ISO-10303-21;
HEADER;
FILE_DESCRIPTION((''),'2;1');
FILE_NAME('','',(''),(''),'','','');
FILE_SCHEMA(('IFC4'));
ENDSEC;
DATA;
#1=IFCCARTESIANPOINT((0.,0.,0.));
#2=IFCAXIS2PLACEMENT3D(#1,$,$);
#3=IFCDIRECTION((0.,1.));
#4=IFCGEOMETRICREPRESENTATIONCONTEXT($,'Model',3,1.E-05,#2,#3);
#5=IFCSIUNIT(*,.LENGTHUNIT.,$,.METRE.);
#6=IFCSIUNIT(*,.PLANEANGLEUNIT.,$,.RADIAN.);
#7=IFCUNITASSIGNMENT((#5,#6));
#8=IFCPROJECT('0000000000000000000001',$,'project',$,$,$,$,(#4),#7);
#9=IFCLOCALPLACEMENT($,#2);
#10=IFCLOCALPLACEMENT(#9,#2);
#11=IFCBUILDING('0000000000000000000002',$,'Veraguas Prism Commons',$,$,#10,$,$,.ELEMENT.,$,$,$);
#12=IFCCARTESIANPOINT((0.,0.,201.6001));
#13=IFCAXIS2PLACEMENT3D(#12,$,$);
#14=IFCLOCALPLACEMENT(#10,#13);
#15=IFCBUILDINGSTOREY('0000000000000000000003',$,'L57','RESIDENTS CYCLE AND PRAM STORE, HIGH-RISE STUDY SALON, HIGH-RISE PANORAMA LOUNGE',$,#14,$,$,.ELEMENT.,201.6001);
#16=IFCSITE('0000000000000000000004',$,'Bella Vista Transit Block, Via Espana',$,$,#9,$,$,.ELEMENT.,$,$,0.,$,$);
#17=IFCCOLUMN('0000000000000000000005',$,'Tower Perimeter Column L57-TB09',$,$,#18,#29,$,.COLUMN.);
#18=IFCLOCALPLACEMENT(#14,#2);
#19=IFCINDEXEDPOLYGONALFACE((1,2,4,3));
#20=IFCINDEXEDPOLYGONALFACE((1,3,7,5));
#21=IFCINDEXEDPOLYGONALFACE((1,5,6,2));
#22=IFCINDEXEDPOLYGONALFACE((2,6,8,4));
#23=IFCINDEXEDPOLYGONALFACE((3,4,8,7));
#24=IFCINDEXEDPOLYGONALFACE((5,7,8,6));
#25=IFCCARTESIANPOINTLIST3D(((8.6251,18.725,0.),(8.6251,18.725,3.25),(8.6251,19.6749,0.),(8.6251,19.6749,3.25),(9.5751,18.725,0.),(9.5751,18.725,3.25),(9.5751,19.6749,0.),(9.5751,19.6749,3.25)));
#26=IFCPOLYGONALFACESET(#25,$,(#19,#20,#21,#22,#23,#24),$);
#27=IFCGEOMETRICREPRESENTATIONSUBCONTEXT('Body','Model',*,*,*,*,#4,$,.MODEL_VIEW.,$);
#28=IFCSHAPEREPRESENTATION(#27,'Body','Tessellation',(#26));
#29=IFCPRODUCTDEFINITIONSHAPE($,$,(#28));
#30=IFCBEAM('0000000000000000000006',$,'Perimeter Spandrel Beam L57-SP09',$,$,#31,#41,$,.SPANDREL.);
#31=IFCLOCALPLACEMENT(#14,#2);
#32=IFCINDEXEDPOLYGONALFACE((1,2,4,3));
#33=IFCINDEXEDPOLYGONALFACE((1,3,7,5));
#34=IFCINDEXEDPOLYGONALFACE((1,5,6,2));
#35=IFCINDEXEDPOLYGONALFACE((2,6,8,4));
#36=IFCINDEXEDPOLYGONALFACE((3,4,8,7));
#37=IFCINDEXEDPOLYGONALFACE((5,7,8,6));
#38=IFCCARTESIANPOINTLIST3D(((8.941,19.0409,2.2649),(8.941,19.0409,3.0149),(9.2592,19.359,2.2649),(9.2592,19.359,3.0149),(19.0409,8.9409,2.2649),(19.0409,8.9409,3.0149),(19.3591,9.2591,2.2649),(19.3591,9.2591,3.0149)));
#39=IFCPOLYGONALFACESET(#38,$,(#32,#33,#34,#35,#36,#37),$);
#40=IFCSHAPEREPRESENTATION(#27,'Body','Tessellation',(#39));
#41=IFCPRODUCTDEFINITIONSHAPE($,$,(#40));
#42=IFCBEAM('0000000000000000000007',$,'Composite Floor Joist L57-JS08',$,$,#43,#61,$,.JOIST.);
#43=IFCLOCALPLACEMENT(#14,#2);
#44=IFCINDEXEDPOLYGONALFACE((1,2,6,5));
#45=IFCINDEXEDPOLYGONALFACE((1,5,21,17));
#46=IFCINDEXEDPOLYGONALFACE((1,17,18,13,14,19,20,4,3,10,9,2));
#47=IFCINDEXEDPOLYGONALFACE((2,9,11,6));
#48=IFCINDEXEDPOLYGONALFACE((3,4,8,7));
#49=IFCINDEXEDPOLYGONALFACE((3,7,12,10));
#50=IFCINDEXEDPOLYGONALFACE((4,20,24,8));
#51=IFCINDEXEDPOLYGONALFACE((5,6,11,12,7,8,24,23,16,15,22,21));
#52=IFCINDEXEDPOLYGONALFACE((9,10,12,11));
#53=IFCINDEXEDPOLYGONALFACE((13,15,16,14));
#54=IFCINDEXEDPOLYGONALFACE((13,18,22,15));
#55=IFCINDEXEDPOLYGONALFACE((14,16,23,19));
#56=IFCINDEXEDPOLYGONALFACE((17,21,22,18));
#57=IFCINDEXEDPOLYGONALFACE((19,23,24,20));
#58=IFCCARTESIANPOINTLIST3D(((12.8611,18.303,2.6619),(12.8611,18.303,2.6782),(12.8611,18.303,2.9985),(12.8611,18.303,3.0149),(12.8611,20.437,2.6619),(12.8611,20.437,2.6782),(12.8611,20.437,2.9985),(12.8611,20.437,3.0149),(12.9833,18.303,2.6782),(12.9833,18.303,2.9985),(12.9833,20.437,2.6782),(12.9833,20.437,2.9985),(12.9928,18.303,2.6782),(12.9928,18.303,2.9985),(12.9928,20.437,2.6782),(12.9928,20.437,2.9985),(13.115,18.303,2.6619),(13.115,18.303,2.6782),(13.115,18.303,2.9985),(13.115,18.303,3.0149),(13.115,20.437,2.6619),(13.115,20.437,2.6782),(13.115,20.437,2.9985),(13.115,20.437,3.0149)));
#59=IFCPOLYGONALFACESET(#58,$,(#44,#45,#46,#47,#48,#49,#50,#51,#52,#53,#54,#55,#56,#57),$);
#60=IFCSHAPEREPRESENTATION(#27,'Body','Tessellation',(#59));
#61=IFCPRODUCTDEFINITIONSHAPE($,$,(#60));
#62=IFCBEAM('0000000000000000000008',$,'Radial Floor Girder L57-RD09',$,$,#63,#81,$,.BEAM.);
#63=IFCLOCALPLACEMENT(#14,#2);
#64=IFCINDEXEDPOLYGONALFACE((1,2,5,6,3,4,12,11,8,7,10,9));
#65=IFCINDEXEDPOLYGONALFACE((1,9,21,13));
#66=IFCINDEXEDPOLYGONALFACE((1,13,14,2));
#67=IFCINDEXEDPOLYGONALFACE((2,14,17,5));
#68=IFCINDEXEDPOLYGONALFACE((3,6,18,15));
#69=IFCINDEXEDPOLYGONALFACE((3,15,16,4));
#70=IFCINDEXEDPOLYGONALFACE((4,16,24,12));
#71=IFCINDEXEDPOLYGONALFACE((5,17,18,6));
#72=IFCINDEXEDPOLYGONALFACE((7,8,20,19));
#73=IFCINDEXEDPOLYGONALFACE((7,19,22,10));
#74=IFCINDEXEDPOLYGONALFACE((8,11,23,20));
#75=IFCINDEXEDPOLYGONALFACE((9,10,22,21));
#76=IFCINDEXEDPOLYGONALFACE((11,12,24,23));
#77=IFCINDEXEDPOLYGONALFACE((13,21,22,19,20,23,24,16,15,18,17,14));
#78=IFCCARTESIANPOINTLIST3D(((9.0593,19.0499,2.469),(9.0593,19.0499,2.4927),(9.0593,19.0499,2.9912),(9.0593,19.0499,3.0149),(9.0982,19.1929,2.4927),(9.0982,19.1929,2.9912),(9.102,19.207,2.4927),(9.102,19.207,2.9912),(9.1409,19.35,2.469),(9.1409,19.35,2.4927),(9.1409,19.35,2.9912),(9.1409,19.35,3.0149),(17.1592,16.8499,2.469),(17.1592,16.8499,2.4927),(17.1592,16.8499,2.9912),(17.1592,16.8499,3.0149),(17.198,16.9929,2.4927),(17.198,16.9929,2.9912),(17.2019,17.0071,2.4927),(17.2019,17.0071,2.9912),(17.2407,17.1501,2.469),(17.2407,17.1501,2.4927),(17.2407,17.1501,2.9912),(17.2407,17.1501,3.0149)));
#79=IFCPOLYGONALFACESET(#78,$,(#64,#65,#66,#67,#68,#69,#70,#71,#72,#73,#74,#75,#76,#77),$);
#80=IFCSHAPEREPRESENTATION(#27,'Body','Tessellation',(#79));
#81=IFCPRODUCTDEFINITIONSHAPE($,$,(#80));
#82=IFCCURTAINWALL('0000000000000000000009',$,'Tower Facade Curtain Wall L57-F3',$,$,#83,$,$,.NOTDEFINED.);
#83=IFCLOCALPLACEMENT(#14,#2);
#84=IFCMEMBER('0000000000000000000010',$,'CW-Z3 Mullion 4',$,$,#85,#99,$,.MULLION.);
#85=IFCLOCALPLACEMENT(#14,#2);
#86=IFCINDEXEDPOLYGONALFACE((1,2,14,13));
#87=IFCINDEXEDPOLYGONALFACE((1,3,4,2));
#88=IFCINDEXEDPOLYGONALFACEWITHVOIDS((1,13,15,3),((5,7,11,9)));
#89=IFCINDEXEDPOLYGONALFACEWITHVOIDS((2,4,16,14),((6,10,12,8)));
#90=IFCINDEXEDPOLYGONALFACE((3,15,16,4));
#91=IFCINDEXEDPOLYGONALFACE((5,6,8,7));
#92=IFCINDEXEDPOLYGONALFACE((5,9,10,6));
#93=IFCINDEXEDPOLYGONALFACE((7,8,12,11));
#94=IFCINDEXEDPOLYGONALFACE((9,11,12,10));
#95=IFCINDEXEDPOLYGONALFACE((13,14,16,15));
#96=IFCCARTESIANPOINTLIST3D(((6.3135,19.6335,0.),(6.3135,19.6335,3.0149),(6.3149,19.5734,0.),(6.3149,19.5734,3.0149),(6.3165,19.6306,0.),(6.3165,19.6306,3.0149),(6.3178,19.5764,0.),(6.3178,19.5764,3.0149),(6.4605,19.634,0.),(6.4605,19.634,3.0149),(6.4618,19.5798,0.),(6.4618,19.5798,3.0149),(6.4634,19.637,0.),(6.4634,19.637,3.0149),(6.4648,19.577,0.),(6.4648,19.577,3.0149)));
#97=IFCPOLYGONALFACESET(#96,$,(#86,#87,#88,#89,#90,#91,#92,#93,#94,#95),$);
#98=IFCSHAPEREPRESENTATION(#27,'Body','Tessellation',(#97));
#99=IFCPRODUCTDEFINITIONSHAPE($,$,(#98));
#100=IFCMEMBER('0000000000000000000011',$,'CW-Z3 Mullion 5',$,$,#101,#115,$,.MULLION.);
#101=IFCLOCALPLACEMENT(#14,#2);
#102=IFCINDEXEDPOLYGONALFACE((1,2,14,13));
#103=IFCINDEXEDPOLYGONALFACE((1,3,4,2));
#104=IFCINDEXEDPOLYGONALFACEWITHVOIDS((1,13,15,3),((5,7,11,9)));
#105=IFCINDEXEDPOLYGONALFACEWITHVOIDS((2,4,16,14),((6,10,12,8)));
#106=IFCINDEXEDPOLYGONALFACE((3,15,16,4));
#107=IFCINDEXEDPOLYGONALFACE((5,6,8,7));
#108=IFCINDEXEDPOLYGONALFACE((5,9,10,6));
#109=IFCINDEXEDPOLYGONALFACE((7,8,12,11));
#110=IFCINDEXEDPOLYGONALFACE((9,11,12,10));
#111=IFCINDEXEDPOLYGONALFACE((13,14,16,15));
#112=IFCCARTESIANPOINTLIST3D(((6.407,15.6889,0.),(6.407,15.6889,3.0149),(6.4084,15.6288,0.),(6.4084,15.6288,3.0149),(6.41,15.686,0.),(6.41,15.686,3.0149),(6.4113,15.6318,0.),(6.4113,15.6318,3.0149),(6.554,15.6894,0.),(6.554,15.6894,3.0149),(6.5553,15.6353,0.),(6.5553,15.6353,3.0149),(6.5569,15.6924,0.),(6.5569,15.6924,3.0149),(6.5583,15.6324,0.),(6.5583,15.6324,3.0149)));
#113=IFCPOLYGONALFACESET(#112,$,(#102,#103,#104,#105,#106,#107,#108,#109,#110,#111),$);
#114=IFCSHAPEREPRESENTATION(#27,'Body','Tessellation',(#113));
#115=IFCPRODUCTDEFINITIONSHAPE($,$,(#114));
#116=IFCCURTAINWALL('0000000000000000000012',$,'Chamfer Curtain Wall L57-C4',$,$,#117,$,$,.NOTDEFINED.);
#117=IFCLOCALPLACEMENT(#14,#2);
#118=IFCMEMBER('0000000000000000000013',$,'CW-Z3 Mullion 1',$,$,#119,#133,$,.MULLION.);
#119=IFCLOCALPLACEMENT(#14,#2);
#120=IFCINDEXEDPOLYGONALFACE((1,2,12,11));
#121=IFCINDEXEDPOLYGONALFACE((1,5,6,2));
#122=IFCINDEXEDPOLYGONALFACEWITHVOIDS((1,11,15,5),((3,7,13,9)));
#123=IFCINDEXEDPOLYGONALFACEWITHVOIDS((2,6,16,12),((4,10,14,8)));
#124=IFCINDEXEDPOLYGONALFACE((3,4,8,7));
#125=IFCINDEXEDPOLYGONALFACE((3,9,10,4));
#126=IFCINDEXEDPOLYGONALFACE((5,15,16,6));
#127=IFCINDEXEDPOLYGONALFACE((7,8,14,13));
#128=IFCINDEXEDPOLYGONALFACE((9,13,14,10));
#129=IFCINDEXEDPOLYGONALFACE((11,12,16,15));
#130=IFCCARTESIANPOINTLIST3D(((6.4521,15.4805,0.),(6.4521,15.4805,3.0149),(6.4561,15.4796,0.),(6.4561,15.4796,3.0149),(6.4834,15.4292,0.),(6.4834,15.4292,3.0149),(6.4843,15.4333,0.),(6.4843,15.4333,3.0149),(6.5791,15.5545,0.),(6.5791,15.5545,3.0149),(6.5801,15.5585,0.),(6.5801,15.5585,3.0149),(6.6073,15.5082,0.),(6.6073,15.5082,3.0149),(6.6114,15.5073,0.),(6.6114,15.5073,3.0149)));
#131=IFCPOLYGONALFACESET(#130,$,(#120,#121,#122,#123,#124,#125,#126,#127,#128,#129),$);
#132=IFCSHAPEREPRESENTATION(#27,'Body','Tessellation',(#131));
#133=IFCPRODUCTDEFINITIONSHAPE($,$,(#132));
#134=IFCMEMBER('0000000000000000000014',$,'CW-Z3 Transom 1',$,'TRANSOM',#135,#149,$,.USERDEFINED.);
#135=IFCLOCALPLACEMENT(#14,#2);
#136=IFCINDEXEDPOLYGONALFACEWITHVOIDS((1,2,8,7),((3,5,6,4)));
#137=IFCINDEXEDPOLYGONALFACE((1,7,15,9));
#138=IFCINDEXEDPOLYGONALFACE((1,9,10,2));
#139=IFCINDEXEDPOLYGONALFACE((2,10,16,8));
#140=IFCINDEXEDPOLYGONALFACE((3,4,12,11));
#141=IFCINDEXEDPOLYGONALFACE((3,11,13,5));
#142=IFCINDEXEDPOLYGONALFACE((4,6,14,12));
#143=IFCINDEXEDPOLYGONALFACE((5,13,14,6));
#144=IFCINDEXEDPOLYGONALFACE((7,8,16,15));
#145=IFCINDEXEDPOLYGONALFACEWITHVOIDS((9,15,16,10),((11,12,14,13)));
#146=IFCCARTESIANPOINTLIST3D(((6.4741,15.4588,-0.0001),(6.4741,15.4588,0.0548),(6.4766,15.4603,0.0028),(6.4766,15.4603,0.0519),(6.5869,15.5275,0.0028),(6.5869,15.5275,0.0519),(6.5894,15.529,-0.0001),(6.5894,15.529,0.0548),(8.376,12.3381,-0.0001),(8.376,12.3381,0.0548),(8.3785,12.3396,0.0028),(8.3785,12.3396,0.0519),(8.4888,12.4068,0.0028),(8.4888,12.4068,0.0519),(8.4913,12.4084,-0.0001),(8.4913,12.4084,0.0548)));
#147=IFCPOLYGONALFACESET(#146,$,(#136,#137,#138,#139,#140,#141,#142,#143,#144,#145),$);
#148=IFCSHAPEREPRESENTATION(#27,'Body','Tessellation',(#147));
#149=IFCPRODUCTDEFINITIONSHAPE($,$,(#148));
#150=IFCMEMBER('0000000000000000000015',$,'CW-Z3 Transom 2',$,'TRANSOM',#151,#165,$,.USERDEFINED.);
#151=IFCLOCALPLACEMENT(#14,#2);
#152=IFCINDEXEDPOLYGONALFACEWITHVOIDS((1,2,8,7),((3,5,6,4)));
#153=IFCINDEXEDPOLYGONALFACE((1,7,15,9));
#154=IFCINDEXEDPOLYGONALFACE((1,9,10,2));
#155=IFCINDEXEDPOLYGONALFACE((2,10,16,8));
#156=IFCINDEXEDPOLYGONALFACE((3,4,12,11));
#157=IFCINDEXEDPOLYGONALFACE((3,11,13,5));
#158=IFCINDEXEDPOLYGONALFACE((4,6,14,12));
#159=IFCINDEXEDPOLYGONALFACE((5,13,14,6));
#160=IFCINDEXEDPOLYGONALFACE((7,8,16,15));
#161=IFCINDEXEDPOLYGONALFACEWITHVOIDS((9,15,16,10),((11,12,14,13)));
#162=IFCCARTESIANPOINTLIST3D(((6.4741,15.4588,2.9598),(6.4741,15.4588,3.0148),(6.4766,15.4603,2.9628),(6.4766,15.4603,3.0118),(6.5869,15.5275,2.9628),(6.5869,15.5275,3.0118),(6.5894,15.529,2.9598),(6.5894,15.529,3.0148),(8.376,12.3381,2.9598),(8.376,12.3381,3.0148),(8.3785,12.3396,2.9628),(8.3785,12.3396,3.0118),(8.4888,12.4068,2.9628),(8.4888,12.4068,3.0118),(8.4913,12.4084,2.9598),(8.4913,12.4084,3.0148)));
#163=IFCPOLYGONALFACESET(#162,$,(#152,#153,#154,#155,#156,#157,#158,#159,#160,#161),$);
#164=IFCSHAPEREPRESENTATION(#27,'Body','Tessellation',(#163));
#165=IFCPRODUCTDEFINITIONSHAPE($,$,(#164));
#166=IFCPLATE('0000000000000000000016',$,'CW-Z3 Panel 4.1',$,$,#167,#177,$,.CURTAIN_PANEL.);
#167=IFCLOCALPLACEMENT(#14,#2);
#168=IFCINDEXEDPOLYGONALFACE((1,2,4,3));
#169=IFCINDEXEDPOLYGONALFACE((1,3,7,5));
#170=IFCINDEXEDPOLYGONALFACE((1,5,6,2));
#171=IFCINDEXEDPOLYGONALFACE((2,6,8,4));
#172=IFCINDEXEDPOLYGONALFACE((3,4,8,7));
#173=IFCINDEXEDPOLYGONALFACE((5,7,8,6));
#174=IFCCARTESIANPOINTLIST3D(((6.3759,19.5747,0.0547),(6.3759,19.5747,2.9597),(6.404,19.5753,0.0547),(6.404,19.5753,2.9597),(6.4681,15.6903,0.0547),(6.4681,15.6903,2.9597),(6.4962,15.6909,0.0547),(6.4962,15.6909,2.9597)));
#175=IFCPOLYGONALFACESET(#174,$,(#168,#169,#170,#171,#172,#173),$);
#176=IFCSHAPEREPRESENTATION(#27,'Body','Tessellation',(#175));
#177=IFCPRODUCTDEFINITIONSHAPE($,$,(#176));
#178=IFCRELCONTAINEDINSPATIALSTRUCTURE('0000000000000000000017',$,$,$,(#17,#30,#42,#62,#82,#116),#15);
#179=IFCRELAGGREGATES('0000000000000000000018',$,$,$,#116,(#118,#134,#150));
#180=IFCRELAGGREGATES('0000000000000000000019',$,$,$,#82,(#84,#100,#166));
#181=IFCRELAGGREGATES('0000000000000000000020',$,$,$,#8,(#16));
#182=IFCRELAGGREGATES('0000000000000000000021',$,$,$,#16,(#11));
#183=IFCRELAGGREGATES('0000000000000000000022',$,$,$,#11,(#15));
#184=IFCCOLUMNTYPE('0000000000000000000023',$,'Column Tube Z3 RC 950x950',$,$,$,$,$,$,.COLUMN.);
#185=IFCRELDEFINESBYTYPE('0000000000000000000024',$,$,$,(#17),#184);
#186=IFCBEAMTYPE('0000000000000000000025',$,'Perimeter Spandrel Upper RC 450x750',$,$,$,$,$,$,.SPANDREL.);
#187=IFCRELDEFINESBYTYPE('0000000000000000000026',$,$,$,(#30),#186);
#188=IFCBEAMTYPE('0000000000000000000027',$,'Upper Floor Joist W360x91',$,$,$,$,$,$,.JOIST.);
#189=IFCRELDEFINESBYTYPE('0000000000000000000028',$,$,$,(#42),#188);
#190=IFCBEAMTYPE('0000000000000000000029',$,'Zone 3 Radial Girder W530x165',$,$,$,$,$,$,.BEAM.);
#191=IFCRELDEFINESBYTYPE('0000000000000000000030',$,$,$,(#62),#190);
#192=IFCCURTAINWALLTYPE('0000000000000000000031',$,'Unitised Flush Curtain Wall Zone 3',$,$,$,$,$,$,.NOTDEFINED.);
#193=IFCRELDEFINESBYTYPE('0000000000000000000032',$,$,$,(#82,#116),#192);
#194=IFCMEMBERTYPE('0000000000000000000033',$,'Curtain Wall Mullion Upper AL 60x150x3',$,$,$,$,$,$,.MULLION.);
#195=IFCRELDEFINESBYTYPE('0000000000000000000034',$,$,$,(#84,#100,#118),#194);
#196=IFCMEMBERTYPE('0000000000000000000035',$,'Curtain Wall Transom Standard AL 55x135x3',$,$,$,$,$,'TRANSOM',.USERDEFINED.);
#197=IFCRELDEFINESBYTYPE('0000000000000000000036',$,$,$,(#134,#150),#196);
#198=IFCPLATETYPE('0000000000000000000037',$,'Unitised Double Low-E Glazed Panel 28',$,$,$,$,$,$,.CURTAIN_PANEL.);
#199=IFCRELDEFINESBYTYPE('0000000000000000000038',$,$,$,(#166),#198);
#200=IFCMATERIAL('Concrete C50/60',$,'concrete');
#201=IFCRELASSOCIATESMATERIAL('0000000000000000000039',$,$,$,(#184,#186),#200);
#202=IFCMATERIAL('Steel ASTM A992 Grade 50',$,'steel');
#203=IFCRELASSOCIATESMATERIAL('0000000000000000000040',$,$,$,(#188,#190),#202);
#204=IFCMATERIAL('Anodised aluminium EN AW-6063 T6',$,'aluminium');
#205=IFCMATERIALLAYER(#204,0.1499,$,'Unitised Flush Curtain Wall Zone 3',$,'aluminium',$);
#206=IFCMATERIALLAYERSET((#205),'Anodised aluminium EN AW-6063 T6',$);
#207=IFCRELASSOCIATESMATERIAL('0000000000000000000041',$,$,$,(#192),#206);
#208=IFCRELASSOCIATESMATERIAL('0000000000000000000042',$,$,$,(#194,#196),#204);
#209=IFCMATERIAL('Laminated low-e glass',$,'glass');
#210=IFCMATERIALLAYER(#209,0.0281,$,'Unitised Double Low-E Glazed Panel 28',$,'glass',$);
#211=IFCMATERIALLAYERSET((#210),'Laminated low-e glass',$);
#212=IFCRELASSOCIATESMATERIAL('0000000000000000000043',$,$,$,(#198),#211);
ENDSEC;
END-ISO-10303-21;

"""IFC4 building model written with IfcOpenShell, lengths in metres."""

from ifc_helpers import new_model, si_unit, direction, frame, origin, origin_2d, place, context, subcontext, project, spatial, rectangle, hollow_rectangle, i_section, extrude, source, transform, mapped, material, layer, layer_set, material_profile, profile_set, type_object, element, aggregate, save


model = new_model("IFC4")

# Units and contexts
model_context = context("Model", 3, precision=1e-05, world=origin(), true_north=direction((0.0, 1.0)))
body_context = subcontext(model_context, "Body", "Model", "MODEL_VIEW")
ifc_project = project(units=[si_unit("LENGTHUNIT", "METRE"), si_unit("PLANEANGLEUNIT", "RADIAN")], contexts=[model_context])

# Site, building, storey
site_placement = place(None, origin())
site = spatial("IfcSite", under=ifc_project, at=site_placement, Name="Bella Vista Transit Block, Via Espana", CompositionType="ELEMENT", RefElevation=0.0)
building_placement = place(site_placement, origin())
building = spatial("IfcBuilding", under=site, at=building_placement, Name="Veraguas Prism Commons", CompositionType="ELEMENT")
storey_placement = place(building_placement, frame((0.0, 0.0, 201.6001)))
storey = spatial("IfcBuildingStorey", under=building, at=storey_placement, Name="L57", Description="RESIDENTS CYCLE AND PRAM STORE, HIGH-RISE STUDY SALON, HIGH-RISE PANORAMA LOUNGE", CompositionType="ELEMENT", Elevation=201.6001)

# Column
ifc_material_1 = material(Name="Concrete C50/60", Category="concrete")
ifc_material_profile_1 = material_profile(ifc_material_1, rectangle(XDim=0.95, YDim=0.95, at=origin_2d()), Name="RC950X950")
ifc_profile_set_1 = profile_set([ifc_material_profile_1], Name="Concrete C50/60")
column_type = type_object("IfcColumnType", Name="Column Tube Z3 RC 950x950", PredefinedType="COLUMN", material=ifc_profile_set_1)
column_placement = place(storey_placement, frame((9.1001, 19.2, 0.0), z_axis=(0.0, 0.0, 1.0), x_axis=(1.0, 0.0, 0.0)))
element("IfcColumn", 1, at=column_placement, inside=storey, type_object=column_type, Name="Tower Perimeter Column L57-TB09", PredefinedType="COLUMN", context=body_context, shape_type="SweptSolid", body=[
    extrude(rectangle(XDim=0.95, YDim=0.95, at=origin_2d()), origin(), (0.0, 0.0, 1.0), 3.25),
])

# Beams
ifc_material_profile_2 = material_profile(ifc_material_1, rectangle(XDim=0.45, YDim=0.75, at=origin_2d()), Name="RC450X750")
ifc_profile_set_2 = profile_set([ifc_material_profile_2], Name="Concrete C50/60")
beam_type_1 = type_object("IfcBeamType", Name="Perimeter Spandrel Upper RC 450x750", PredefinedType="SPANDREL", material=ifc_profile_set_2)
beam_1_placement = place(storey_placement, frame((9.1001, 19.2, 2.6399), z_axis=(0.707107, -0.707107, 0.0), x_axis=(0.707107, 0.707107, 0.0)))
element("IfcBeam", 2, at=beam_1_placement, inside=storey, type_object=beam_type_1, Name="Perimeter Spandrel Beam L57-SP09", PredefinedType="SPANDREL", context=body_context, shape_type="SweptSolid", body=[
    extrude(rectangle(XDim=0.45, YDim=0.75, at=origin_2d()), origin(), (0.0, 0.0, 1.0), 14.2834),
])
ifc_material_2 = material(Name="Steel ASTM A992 Grade 50", Category="steel")
ifc_material_profile_3 = material_profile(ifc_material_2, i_section(OverallWidth=0.2539, OverallDepth=0.353, WebThickness=0.0095, FlangeThickness=0.0164, at=origin_2d()), Name="W360X91")
ifc_profile_set_3 = profile_set([ifc_material_profile_3], Name="Steel ASTM A992 Grade 50")
beam_type_2 = type_object("IfcBeamType", Name="Upper Floor Joist W360x91", PredefinedType="JOIST", material=ifc_profile_set_3)
beam_2_placement = place(storey_placement, frame((12.988, 20.437, 2.8384), z_axis=(0.0, -1.0, 0.0), x_axis=(1.0, 0.0, 0.0)))
element("IfcBeam", 3, at=beam_2_placement, inside=storey, type_object=beam_type_2, Name="Composite Floor Joist L57-JS08", PredefinedType="JOIST", context=body_context, shape_type="SweptSolid", body=[
    extrude(i_section(OverallWidth=0.2539, OverallDepth=0.353, WebThickness=0.0095, FlangeThickness=0.0164, at=origin_2d()), origin(), (0.0, 0.0, 1.0), 2.134),
])
ifc_material_profile_4 = material_profile(ifc_material_2, i_section(OverallWidth=0.311, OverallDepth=0.5459, WebThickness=0.0146, FlangeThickness=0.0237, at=origin_2d()), Name="W530X165")
ifc_profile_set_4 = profile_set([ifc_material_profile_4], Name="Steel ASTM A992 Grade 50")
beam_type_3 = type_object("IfcBeamType", Name="Zone 3 Radial Girder W530x165", PredefinedType="BEAM", material=ifc_profile_set_4)
beam_3_placement = place(storey_placement, frame((9.1001, 19.2, 2.7419), z_axis=(0.965039, -0.262108, 0.0), x_axis=(0.262108, 0.965039, 0.0)))
element("IfcBeam", 4, at=beam_3_placement, inside=storey, type_object=beam_type_3, Name="Radial Floor Girder L57-RD09", PredefinedType="BEAM", context=body_context, shape_type="SweptSolid", body=[
    extrude(i_section(OverallWidth=0.311, OverallDepth=0.5459, WebThickness=0.0146, FlangeThickness=0.0237, at=origin_2d()), origin(), (0.0, 0.0, 1.0), 8.3933),
])

# Curtain walls, members
ifc_material_3 = material(Name="Anodised aluminium EN AW-6063 T6", Category="aluminium")
ifc_layer_1 = layer(ifc_material_3, 0.1499, Name="Unitised Flush Curtain Wall Zone 3", Category="aluminium")
ifc_layer_set_1 = layer_set([ifc_layer_1], Name="Anodised aluminium EN AW-6063 T6")
curtain_wall_type = type_object("IfcCurtainWallType", Name="Unitised Flush Curtain Wall Zone 3", PredefinedType="NOTDEFINED", material=ifc_layer_set_1)
curtain_wall_1_placement = place(storey_placement, origin())
curtain_wall_1 = element("IfcCurtainWall", 5, at=curtain_wall_1_placement, inside=storey, type_object=curtain_wall_type, Name="Tower Facade Curtain Wall L57-F3", PredefinedType="NOTDEFINED")
ifc_material_profile_5 = material_profile(ifc_material_3, hollow_rectangle(XDim=0.0601, YDim=0.1499, WallThickness=0.0029, at=origin_2d()), Name="AL60X150X3")
ifc_profile_set_5 = profile_set([ifc_material_profile_5], Name="Anodised aluminium EN AW-6063 T6")
member_type_1 = type_object("IfcMemberType", Name="Curtain Wall Mullion Upper AL 60x150x3", PredefinedType="MULLION", material=ifc_profile_set_5)
shared_shape_1 = source(origin(), body_context, "Body", "SweptSolid", [
    extrude(hollow_rectangle(XDim=0.0601, YDim=0.1499, WallThickness=0.0029, at=origin_2d()), origin(), (0.0, 0.0, 1.0), 3.0149),
])
member_1_placement = place(storey_placement, frame((6.3892, 19.6052, 0.0), z_axis=(0.0, 0.0, 1.0), x_axis=(0.023738, -0.999718, 0.0)))
member_1 = element("IfcMember", 6, at=member_1_placement, type_object=member_type_1, Name="CW-Z3 Mullion 4", PredefinedType="MULLION", context=body_context, shape_type="MappedRepresentation", body=[
    mapped(shared_shape_1, transform((0.0, 0.0, 0.0), scale=1.0)),
])
member_2_placement = place(storey_placement, frame((6.4827, 15.6606, 0.0), z_axis=(0.0, 0.0, 1.0), x_axis=(0.023738, -0.999718, 0.0)))
member_2 = element("IfcMember", 7, at=member_2_placement, type_object=member_type_1, Name="CW-Z3 Mullion 5", PredefinedType="MULLION", context=body_context, shape_type="MappedRepresentation", body=[
    mapped(shared_shape_1, transform((0.0, 0.0, 0.0), scale=1.0)),
])
curtain_wall_2_placement = place(storey_placement, origin())
curtain_wall_2 = element("IfcCurtainWall", 8, at=curtain_wall_2_placement, inside=storey, type_object=curtain_wall_type, Name="Chamfer Curtain Wall L57-C4", PredefinedType="NOTDEFINED")
member_3_placement = place(storey_placement, frame((6.5317, 15.4939, 0.0), z_axis=(0.0, 0.0, 1.0), x_axis=(0.520426, -0.853907, 0.0)))
member_3 = element("IfcMember", 9, at=member_3_placement, type_object=member_type_1, Name="CW-Z3 Mullion 1", PredefinedType="MULLION", context=body_context, shape_type="MappedRepresentation", body=[
    mapped(shared_shape_1, transform((0.0, 0.0, 0.0), scale=1.0)),
])
ifc_material_profile_6 = material_profile(ifc_material_3, hollow_rectangle(XDim=0.0549, YDim=0.135, WallThickness=0.0029, at=origin_2d()), Name="AL55X135X3")
ifc_profile_set_6 = profile_set([ifc_material_profile_6], Name="Anodised aluminium EN AW-6063 T6")
member_type_2 = type_object("IfcMemberType", Name="Curtain Wall Transom Standard AL 55x135x3", ElementType="TRANSOM", PredefinedType="USERDEFINED", material=ifc_profile_set_6)
shared_shape_2 = source(origin(), body_context, "Body", "SweptSolid", [
    extrude(hollow_rectangle(XDim=0.0549, YDim=0.135, WallThickness=0.0029, at=origin_2d()), origin(), (0.0, 0.0, 1.0), 3.6545),
])
member_4_placement = place(storey_placement, frame((6.5317, 15.4939, 0.0273), z_axis=(0.520417, -0.853912, 0.0), x_axis=(0.0, 0.0, 1.0)))
member_4 = element("IfcMember", 10, at=member_4_placement, type_object=member_type_2, Name="CW-Z3 Transom 1", ObjectType="TRANSOM", PredefinedType="USERDEFINED", context=body_context, shape_type="MappedRepresentation", body=[
    mapped(shared_shape_2, transform((0.0, 0.0, 0.0), scale=1.0)),
])
member_5_placement = place(storey_placement, frame((6.5317, 15.4939, 2.9873), z_axis=(0.520417, -0.853912, 0.0), x_axis=(0.0, 0.0, 1.0)))
member_5 = element("IfcMember", 11, at=member_5_placement, type_object=member_type_2, Name="CW-Z3 Transom 2", ObjectType="TRANSOM", PredefinedType="USERDEFINED", context=body_context, shape_type="MappedRepresentation", body=[
    mapped(shared_shape_2, transform((0.0, 0.0, 0.0), scale=1.0)),
])
aggregate(curtain_wall_2, [member_3, member_4, member_5])

# Plate
ifc_material_4 = material(Name="Laminated low-e glass", Category="glass")
ifc_layer_2 = layer(ifc_material_4, 0.0281, Name="Unitised Double Low-E Glazed Panel 28", Category="glass")
ifc_layer_set_2 = layer_set([ifc_layer_2], Name="Laminated low-e glass")
plate_type = type_object("IfcPlateType", Name="Unitised Double Low-E Glazed Panel 28", PredefinedType="CURTAIN_PANEL", material=ifc_layer_set_2)
shared_shape_3 = source(origin(), body_context, "Body", "SweptSolid", [
    extrude(rectangle(XDim=3.8855, YDim=0.0281, at=origin_2d()), origin(), (0.0, 0.0, 1.0), 2.905),
])
plate_placement = place(storey_placement, frame((6.436, 17.6328, 0.0547), z_axis=(0.0, 0.0, 1.0), x_axis=(0.023738, -0.999718, 0.0)))
plate = element("IfcPlate", 12, at=plate_placement, type_object=plate_type, Name="CW-Z3 Panel 4.1", PredefinedType="CURTAIN_PANEL", context=body_context, shape_type="MappedRepresentation", body=[
    mapped(shared_shape_3, transform((0.0, 0.0, 0.0), scale=1.0)),
])
aggregate(curtain_wall_1, [member_1, member_2, plate])

save(model, "model.ifc")
